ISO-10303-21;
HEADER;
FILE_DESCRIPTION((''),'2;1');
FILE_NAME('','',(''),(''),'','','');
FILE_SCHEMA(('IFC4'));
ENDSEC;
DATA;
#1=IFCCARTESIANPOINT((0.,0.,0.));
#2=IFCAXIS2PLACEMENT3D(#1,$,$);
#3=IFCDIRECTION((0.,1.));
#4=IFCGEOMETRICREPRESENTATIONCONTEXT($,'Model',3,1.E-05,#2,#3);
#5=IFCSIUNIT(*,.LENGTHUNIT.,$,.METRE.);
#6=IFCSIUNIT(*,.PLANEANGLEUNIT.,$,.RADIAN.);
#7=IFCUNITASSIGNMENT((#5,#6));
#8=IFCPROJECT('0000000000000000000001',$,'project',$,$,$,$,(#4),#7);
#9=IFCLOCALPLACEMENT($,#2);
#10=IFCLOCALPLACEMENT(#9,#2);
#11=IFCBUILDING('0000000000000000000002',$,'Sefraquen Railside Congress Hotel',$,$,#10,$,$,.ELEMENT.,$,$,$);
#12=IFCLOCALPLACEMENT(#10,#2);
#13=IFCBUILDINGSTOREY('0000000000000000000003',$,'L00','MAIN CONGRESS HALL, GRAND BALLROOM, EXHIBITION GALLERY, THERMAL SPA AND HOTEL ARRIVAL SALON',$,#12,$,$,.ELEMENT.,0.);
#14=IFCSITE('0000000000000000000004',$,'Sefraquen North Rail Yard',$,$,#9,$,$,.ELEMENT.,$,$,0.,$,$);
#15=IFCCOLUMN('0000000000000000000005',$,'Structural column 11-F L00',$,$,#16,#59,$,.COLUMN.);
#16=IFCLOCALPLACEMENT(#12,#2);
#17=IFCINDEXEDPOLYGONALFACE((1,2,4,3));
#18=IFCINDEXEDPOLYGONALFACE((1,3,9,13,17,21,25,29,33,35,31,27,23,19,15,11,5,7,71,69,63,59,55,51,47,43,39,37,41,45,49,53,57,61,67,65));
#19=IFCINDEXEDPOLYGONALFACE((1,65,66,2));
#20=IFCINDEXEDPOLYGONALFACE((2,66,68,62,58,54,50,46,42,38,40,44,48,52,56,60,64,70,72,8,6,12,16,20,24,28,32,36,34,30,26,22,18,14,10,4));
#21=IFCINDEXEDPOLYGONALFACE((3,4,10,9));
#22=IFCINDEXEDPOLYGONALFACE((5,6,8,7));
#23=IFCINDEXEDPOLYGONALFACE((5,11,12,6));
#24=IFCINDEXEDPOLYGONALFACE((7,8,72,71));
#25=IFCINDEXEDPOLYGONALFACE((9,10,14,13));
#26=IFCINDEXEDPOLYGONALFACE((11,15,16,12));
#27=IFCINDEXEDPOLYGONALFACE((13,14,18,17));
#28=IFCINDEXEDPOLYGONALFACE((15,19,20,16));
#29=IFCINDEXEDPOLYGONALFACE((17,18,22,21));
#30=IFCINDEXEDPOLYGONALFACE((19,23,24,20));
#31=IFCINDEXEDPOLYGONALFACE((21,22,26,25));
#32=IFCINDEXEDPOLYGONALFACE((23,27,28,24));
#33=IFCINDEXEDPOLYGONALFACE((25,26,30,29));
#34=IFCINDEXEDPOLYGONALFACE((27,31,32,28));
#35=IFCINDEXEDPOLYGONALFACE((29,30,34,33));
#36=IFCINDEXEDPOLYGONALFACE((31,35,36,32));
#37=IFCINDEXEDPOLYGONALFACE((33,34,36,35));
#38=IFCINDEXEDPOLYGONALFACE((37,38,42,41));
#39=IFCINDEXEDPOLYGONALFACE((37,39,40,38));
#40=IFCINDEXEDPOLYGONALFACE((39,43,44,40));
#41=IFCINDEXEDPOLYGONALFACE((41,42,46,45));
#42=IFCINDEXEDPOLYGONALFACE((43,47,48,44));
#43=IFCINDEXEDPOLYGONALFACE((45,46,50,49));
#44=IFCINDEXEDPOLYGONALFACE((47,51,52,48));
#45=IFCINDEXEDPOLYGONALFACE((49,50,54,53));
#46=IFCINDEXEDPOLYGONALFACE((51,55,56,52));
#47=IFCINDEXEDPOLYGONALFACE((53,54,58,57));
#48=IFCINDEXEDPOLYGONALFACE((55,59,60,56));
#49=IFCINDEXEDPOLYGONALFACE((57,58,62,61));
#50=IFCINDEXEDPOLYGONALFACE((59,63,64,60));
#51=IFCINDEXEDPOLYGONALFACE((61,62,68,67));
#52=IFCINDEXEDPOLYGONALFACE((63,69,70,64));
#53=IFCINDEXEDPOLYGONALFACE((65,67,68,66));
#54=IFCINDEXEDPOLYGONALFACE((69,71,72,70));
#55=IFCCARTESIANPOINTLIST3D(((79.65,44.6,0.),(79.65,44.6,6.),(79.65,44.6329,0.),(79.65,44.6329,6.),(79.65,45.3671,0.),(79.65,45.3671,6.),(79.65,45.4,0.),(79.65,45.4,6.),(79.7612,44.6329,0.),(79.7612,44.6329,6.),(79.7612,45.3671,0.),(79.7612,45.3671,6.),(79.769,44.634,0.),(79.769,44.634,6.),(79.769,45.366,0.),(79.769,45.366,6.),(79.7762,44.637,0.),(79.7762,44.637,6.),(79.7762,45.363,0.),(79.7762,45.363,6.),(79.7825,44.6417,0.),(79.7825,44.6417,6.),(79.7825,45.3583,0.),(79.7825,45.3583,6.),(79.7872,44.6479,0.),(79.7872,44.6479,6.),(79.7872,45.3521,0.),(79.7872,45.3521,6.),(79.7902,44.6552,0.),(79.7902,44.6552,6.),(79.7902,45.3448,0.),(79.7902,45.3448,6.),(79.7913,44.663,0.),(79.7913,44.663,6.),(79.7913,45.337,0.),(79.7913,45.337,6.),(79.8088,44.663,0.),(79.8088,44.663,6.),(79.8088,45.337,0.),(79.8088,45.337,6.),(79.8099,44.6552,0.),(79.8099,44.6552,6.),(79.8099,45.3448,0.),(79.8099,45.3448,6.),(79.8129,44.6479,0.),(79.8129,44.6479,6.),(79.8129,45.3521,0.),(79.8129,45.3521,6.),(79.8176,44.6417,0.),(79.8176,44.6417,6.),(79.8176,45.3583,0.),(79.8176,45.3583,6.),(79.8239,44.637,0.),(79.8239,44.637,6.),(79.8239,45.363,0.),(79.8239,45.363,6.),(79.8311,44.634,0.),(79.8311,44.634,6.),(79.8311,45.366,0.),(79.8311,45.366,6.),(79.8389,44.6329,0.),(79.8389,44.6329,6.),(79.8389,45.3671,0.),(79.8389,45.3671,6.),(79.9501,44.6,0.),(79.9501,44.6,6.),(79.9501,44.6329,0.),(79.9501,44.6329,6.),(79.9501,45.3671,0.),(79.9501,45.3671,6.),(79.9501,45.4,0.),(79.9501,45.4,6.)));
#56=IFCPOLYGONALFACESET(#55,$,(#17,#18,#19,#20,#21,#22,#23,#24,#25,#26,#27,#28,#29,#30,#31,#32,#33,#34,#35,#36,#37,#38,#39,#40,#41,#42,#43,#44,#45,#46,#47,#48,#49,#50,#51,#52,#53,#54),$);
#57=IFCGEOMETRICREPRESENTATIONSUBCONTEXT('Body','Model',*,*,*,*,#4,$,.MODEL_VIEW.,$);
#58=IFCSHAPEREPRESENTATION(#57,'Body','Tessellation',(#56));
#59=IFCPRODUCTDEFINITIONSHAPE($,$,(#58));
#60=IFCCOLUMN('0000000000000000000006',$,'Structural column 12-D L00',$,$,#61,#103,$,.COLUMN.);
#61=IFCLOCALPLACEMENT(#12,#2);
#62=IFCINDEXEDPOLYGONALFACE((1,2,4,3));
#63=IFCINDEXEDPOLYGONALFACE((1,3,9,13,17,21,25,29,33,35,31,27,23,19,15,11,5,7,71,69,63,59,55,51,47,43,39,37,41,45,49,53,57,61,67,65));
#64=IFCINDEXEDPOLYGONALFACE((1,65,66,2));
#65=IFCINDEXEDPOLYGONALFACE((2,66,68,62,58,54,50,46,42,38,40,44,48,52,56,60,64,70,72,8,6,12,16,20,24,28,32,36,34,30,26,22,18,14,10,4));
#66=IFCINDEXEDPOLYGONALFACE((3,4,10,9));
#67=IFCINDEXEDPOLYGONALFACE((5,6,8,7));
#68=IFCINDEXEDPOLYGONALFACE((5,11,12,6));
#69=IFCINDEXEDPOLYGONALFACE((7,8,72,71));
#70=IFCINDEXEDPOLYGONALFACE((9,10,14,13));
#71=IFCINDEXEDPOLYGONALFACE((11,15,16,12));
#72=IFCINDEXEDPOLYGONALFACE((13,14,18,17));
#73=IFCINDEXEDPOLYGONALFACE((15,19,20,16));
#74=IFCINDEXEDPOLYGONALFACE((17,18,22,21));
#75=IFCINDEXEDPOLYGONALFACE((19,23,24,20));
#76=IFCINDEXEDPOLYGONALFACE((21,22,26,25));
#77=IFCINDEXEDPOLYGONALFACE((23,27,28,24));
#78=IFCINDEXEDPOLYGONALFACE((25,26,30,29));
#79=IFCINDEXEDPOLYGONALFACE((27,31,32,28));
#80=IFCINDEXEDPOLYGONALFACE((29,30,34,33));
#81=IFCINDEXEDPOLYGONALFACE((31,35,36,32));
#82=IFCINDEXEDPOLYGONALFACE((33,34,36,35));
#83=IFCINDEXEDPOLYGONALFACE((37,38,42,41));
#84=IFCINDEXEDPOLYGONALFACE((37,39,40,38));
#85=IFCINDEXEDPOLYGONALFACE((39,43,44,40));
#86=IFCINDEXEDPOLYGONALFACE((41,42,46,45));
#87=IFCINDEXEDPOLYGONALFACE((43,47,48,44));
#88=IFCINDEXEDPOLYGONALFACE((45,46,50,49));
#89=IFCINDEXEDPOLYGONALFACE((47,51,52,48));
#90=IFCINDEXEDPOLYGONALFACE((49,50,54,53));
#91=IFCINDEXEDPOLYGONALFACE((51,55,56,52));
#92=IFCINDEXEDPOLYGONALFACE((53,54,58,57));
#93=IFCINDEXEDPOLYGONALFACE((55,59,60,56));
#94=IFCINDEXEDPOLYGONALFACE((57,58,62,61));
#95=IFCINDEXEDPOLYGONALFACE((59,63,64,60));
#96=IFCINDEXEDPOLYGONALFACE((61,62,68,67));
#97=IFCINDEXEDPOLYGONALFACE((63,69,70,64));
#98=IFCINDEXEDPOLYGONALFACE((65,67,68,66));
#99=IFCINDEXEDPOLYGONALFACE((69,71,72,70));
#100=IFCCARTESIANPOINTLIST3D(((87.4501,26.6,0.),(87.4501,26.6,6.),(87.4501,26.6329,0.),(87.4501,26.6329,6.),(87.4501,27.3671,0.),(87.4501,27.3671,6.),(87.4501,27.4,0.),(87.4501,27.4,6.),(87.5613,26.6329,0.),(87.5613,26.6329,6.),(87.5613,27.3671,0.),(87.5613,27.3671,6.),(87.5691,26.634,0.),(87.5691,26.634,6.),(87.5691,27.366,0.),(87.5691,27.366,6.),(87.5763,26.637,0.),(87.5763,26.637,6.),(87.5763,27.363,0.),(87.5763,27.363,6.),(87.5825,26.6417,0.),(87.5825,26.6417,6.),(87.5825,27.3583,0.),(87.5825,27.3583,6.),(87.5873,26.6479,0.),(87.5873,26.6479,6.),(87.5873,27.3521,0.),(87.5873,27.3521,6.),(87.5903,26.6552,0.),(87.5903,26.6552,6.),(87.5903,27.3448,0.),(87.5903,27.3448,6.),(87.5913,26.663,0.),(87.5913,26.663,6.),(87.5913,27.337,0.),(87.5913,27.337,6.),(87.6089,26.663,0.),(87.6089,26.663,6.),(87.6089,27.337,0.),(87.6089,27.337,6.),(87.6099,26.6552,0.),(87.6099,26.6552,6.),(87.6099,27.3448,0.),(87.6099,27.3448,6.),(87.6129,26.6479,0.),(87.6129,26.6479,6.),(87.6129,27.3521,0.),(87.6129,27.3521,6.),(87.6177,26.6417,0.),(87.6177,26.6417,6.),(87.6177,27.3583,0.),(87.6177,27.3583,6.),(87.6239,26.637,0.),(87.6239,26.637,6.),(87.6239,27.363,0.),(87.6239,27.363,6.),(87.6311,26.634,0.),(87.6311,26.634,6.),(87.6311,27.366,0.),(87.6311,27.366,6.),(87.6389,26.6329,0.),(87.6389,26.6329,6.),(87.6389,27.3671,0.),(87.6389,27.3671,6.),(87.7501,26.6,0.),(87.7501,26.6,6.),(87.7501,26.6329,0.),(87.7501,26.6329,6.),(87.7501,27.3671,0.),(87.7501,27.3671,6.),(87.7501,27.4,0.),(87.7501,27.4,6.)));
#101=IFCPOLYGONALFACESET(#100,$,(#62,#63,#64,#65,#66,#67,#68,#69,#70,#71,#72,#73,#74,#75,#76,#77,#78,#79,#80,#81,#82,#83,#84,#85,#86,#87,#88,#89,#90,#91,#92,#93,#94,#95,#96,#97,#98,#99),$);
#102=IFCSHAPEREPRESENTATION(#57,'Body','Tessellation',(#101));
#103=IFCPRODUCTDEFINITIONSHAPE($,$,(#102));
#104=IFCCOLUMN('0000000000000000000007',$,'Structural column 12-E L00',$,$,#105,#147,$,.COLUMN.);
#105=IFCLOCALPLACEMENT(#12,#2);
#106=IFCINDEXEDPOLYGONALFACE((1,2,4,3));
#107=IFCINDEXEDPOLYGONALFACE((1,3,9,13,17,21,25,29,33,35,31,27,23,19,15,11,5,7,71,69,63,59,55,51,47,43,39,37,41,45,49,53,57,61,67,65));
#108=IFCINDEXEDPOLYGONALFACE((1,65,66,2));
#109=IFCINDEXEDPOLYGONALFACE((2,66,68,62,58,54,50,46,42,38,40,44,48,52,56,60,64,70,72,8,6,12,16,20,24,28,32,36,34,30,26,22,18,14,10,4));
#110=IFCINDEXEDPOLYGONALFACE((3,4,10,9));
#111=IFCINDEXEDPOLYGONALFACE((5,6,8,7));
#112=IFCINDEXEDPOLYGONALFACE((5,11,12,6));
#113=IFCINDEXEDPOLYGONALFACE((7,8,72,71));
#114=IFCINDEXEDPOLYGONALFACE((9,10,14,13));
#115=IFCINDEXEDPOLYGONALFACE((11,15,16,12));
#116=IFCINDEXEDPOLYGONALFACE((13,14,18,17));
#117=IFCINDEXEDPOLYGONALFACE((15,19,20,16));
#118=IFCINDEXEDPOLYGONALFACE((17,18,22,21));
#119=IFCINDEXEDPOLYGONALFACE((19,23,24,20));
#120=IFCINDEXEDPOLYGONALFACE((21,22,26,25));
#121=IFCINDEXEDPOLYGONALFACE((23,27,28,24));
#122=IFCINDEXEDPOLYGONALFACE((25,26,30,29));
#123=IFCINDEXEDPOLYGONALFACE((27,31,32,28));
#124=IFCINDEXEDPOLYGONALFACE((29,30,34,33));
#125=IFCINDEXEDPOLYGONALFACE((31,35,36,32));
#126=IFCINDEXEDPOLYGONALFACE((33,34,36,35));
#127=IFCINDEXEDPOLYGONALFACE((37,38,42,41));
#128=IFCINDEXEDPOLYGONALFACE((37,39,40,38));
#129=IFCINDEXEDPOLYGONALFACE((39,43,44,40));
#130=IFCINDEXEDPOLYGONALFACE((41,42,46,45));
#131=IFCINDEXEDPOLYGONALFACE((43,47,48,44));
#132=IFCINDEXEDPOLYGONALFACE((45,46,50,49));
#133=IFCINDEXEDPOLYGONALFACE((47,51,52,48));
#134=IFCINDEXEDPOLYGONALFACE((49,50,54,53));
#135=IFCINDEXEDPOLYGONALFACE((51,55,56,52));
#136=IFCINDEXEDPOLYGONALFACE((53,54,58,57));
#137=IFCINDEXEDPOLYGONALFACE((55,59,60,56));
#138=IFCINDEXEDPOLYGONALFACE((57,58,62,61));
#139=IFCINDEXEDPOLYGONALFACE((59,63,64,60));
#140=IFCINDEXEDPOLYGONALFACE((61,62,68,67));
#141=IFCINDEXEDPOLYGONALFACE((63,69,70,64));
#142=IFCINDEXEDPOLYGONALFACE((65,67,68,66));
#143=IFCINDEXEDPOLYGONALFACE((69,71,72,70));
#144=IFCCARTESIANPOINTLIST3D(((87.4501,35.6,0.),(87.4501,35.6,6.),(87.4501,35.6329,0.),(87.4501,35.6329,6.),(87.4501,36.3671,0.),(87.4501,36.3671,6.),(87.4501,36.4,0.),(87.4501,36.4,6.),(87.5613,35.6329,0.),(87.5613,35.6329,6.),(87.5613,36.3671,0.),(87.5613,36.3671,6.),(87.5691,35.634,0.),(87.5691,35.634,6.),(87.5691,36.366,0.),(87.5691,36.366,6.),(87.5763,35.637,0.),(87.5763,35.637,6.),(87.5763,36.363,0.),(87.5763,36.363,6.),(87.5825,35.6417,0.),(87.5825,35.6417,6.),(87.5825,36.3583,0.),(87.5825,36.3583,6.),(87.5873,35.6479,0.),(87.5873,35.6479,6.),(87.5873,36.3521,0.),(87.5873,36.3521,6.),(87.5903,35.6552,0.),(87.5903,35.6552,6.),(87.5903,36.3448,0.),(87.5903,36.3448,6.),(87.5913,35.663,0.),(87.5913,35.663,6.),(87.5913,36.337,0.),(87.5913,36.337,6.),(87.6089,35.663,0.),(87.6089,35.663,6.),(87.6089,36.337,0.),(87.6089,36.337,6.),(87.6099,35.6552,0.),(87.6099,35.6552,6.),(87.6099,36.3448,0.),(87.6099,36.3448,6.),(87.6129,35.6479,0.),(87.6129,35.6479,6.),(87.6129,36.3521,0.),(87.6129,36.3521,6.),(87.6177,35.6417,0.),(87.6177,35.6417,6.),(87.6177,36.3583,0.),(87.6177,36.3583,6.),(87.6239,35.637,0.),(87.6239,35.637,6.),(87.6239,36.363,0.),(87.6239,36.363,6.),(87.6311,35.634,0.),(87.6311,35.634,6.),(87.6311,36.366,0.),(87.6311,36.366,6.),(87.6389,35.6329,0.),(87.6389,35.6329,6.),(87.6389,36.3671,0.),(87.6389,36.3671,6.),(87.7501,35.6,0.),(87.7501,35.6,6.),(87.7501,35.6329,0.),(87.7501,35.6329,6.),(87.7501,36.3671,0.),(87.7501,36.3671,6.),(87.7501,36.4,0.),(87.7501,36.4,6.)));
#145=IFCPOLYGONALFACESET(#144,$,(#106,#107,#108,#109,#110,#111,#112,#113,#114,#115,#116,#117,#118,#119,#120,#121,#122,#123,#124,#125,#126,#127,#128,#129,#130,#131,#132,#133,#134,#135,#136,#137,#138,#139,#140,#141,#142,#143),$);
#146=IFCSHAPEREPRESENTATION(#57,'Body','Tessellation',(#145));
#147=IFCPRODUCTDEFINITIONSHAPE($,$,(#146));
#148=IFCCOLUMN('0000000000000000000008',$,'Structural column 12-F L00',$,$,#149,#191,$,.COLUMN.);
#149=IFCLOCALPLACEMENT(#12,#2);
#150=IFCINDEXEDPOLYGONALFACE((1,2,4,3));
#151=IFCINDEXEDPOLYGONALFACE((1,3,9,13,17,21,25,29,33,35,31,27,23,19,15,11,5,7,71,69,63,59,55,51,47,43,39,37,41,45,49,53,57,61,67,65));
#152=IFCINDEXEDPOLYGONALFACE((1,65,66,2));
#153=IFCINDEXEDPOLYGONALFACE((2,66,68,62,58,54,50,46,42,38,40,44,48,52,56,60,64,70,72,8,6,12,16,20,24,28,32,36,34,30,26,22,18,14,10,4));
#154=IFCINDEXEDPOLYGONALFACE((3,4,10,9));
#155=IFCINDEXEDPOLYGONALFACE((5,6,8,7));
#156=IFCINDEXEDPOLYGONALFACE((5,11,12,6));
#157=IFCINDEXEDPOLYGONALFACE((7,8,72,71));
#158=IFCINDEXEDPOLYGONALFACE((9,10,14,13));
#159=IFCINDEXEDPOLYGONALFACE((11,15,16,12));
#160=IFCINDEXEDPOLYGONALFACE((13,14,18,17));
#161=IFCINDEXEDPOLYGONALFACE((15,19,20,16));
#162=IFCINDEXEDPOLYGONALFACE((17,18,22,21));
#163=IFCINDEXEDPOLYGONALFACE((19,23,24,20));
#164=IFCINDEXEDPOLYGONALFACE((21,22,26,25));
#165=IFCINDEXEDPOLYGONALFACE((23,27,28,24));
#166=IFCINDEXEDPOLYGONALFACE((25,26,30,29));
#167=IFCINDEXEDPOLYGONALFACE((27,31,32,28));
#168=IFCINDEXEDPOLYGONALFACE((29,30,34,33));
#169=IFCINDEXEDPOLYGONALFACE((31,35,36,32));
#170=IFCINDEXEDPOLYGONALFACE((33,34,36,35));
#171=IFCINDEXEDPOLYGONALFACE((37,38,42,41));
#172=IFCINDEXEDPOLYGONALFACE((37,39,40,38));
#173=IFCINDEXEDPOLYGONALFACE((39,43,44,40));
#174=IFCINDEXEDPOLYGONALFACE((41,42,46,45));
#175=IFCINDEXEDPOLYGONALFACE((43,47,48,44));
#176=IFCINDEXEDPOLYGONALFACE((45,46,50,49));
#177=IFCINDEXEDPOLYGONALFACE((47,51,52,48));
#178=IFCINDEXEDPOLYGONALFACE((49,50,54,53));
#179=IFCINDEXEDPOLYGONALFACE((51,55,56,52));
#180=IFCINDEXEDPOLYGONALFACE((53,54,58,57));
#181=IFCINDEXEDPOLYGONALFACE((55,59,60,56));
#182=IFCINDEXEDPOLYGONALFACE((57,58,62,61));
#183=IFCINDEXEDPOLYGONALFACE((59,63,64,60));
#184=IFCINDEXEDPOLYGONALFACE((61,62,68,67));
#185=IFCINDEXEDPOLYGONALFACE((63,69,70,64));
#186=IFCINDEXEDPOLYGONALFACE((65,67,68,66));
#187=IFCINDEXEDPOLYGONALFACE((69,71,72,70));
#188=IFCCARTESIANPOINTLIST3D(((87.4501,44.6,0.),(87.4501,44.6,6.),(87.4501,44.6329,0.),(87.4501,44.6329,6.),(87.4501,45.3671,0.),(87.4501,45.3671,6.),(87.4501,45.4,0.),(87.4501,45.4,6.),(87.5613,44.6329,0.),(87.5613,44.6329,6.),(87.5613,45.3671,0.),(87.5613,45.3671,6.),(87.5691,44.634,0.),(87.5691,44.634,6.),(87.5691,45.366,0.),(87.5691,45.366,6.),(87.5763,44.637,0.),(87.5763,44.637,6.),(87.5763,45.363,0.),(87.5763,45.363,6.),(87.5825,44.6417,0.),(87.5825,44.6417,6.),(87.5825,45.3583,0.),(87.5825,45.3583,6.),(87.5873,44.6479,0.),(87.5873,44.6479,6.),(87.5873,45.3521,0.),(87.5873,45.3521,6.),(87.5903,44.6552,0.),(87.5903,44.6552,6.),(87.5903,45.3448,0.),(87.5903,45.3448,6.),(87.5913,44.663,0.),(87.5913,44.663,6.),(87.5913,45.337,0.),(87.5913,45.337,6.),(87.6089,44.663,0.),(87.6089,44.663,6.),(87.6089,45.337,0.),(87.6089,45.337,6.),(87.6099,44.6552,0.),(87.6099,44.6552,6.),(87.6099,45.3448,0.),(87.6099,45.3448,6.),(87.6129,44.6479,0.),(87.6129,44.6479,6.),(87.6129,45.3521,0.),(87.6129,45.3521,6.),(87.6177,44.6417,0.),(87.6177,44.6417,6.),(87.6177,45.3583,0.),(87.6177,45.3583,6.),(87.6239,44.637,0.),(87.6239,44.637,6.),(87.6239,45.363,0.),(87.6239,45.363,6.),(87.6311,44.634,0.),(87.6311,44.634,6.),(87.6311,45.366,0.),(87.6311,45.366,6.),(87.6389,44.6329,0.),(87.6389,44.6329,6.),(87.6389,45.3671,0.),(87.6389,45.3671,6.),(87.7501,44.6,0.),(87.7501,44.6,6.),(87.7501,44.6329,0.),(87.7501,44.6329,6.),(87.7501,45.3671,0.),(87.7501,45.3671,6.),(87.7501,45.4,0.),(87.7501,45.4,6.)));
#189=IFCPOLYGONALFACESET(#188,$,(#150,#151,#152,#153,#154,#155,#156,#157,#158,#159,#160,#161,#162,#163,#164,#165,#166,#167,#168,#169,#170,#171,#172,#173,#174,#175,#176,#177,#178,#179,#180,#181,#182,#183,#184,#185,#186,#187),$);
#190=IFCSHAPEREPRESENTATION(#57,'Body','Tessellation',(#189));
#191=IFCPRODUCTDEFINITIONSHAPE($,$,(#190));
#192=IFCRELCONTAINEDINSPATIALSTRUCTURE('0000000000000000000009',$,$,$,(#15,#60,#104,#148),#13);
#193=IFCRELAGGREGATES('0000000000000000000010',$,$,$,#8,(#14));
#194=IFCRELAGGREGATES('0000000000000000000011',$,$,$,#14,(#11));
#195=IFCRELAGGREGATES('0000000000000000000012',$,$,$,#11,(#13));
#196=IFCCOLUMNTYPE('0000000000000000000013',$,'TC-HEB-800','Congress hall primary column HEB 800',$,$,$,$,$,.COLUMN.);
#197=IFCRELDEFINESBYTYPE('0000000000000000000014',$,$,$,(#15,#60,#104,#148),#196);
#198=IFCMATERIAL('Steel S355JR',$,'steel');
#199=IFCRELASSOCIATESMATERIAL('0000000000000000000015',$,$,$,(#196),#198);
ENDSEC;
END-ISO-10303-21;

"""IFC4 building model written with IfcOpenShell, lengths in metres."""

from ifc_helpers import new_model, si_unit, direction, frame, origin, origin_2d, place, context, subcontext, project, spatial, i_section, extrude, material, material_profile, profile_set, type_object, element, save


model = new_model("IFC4")

# Units and contexts
model_context = context("Model", 3, precision=1e-05, world=origin(), true_north=direction((0.0, 1.0)))
body_context = subcontext(model_context, "Body", "Model", "MODEL_VIEW")
ifc_project = project(units=[si_unit("LENGTHUNIT", "METRE"), si_unit("PLANEANGLEUNIT", "RADIAN")], contexts=[model_context])

# Site, building, storey
site_placement = place(None, origin())
site = spatial("IfcSite", under=ifc_project, at=site_placement, Name="Sefraquen North Rail Yard", CompositionType="ELEMENT", RefElevation=0.0)
building_placement = place(site_placement, origin())
building = spatial("IfcBuilding", under=site, at=building_placement, Name="Sefraquen Railside Congress Hotel", CompositionType="ELEMENT")
storey_placement = place(building_placement, origin())
storey = spatial("IfcBuildingStorey", under=building, at=storey_placement, Name="L00", Description="MAIN CONGRESS HALL, GRAND BALLROOM, EXHIBITION GALLERY, THERMAL SPA AND HOTEL ARRIVAL SALON", CompositionType="ELEMENT", Elevation=0.0)

# Columns
ifc_material_1 = material(Name="Steel S355JR", Category="steel")
ifc_material_profile_1 = material_profile(ifc_material_1, i_section(OverallWidth=0.3, OverallDepth=0.8, WebThickness=0.0176, FlangeThickness=0.033, FilletRadius=0.03, at=origin_2d()), Name="HEB 800")
ifc_profile_set_1 = profile_set([ifc_material_profile_1], Name="Steel S355JR")
column_type = type_object("IfcColumnType", Name="TC-HEB-800", Description="Congress hall primary column HEB 800", PredefinedType="COLUMN", material=ifc_profile_set_1)
for number, where, z_axis, x_axis, name in (
    (1, (79.8, 45.0, 0.0), (0.0, 0.0, 1.0), (1.0, 0.0, 0.0), "Structural column 11-F L00"),
    (2, (87.6001, 27.0, 0.0), (0.0, 0.0, 1.0), (1.0, 0.0, 0.0), "Structural column 12-D L00"),
    (3, (87.6001, 36.0, 0.0), (0.0, 0.0, 1.0), (1.0, 0.0, 0.0), "Structural column 12-E L00"),
    (4, (87.6001, 45.0, 0.0), (0.0, 0.0, 1.0), (1.0, 0.0, 0.0), "Structural column 12-F L00"),
):
    element("IfcColumn", number, at=place(storey_placement, frame(where, z_axis=z_axis, x_axis=x_axis)), inside=storey, type_object=column_type, Name=name, PredefinedType="COLUMN", context=body_context, shape_type="SweptSolid", body=[
        extrude(i_section(OverallWidth=0.3, OverallDepth=0.8, WebThickness=0.0176, FlangeThickness=0.033, FilletRadius=0.03, at=origin_2d()), origin(), (0.0, 0.0, 1.0), 6.0),
    ])

save(model, "model.ifc")
